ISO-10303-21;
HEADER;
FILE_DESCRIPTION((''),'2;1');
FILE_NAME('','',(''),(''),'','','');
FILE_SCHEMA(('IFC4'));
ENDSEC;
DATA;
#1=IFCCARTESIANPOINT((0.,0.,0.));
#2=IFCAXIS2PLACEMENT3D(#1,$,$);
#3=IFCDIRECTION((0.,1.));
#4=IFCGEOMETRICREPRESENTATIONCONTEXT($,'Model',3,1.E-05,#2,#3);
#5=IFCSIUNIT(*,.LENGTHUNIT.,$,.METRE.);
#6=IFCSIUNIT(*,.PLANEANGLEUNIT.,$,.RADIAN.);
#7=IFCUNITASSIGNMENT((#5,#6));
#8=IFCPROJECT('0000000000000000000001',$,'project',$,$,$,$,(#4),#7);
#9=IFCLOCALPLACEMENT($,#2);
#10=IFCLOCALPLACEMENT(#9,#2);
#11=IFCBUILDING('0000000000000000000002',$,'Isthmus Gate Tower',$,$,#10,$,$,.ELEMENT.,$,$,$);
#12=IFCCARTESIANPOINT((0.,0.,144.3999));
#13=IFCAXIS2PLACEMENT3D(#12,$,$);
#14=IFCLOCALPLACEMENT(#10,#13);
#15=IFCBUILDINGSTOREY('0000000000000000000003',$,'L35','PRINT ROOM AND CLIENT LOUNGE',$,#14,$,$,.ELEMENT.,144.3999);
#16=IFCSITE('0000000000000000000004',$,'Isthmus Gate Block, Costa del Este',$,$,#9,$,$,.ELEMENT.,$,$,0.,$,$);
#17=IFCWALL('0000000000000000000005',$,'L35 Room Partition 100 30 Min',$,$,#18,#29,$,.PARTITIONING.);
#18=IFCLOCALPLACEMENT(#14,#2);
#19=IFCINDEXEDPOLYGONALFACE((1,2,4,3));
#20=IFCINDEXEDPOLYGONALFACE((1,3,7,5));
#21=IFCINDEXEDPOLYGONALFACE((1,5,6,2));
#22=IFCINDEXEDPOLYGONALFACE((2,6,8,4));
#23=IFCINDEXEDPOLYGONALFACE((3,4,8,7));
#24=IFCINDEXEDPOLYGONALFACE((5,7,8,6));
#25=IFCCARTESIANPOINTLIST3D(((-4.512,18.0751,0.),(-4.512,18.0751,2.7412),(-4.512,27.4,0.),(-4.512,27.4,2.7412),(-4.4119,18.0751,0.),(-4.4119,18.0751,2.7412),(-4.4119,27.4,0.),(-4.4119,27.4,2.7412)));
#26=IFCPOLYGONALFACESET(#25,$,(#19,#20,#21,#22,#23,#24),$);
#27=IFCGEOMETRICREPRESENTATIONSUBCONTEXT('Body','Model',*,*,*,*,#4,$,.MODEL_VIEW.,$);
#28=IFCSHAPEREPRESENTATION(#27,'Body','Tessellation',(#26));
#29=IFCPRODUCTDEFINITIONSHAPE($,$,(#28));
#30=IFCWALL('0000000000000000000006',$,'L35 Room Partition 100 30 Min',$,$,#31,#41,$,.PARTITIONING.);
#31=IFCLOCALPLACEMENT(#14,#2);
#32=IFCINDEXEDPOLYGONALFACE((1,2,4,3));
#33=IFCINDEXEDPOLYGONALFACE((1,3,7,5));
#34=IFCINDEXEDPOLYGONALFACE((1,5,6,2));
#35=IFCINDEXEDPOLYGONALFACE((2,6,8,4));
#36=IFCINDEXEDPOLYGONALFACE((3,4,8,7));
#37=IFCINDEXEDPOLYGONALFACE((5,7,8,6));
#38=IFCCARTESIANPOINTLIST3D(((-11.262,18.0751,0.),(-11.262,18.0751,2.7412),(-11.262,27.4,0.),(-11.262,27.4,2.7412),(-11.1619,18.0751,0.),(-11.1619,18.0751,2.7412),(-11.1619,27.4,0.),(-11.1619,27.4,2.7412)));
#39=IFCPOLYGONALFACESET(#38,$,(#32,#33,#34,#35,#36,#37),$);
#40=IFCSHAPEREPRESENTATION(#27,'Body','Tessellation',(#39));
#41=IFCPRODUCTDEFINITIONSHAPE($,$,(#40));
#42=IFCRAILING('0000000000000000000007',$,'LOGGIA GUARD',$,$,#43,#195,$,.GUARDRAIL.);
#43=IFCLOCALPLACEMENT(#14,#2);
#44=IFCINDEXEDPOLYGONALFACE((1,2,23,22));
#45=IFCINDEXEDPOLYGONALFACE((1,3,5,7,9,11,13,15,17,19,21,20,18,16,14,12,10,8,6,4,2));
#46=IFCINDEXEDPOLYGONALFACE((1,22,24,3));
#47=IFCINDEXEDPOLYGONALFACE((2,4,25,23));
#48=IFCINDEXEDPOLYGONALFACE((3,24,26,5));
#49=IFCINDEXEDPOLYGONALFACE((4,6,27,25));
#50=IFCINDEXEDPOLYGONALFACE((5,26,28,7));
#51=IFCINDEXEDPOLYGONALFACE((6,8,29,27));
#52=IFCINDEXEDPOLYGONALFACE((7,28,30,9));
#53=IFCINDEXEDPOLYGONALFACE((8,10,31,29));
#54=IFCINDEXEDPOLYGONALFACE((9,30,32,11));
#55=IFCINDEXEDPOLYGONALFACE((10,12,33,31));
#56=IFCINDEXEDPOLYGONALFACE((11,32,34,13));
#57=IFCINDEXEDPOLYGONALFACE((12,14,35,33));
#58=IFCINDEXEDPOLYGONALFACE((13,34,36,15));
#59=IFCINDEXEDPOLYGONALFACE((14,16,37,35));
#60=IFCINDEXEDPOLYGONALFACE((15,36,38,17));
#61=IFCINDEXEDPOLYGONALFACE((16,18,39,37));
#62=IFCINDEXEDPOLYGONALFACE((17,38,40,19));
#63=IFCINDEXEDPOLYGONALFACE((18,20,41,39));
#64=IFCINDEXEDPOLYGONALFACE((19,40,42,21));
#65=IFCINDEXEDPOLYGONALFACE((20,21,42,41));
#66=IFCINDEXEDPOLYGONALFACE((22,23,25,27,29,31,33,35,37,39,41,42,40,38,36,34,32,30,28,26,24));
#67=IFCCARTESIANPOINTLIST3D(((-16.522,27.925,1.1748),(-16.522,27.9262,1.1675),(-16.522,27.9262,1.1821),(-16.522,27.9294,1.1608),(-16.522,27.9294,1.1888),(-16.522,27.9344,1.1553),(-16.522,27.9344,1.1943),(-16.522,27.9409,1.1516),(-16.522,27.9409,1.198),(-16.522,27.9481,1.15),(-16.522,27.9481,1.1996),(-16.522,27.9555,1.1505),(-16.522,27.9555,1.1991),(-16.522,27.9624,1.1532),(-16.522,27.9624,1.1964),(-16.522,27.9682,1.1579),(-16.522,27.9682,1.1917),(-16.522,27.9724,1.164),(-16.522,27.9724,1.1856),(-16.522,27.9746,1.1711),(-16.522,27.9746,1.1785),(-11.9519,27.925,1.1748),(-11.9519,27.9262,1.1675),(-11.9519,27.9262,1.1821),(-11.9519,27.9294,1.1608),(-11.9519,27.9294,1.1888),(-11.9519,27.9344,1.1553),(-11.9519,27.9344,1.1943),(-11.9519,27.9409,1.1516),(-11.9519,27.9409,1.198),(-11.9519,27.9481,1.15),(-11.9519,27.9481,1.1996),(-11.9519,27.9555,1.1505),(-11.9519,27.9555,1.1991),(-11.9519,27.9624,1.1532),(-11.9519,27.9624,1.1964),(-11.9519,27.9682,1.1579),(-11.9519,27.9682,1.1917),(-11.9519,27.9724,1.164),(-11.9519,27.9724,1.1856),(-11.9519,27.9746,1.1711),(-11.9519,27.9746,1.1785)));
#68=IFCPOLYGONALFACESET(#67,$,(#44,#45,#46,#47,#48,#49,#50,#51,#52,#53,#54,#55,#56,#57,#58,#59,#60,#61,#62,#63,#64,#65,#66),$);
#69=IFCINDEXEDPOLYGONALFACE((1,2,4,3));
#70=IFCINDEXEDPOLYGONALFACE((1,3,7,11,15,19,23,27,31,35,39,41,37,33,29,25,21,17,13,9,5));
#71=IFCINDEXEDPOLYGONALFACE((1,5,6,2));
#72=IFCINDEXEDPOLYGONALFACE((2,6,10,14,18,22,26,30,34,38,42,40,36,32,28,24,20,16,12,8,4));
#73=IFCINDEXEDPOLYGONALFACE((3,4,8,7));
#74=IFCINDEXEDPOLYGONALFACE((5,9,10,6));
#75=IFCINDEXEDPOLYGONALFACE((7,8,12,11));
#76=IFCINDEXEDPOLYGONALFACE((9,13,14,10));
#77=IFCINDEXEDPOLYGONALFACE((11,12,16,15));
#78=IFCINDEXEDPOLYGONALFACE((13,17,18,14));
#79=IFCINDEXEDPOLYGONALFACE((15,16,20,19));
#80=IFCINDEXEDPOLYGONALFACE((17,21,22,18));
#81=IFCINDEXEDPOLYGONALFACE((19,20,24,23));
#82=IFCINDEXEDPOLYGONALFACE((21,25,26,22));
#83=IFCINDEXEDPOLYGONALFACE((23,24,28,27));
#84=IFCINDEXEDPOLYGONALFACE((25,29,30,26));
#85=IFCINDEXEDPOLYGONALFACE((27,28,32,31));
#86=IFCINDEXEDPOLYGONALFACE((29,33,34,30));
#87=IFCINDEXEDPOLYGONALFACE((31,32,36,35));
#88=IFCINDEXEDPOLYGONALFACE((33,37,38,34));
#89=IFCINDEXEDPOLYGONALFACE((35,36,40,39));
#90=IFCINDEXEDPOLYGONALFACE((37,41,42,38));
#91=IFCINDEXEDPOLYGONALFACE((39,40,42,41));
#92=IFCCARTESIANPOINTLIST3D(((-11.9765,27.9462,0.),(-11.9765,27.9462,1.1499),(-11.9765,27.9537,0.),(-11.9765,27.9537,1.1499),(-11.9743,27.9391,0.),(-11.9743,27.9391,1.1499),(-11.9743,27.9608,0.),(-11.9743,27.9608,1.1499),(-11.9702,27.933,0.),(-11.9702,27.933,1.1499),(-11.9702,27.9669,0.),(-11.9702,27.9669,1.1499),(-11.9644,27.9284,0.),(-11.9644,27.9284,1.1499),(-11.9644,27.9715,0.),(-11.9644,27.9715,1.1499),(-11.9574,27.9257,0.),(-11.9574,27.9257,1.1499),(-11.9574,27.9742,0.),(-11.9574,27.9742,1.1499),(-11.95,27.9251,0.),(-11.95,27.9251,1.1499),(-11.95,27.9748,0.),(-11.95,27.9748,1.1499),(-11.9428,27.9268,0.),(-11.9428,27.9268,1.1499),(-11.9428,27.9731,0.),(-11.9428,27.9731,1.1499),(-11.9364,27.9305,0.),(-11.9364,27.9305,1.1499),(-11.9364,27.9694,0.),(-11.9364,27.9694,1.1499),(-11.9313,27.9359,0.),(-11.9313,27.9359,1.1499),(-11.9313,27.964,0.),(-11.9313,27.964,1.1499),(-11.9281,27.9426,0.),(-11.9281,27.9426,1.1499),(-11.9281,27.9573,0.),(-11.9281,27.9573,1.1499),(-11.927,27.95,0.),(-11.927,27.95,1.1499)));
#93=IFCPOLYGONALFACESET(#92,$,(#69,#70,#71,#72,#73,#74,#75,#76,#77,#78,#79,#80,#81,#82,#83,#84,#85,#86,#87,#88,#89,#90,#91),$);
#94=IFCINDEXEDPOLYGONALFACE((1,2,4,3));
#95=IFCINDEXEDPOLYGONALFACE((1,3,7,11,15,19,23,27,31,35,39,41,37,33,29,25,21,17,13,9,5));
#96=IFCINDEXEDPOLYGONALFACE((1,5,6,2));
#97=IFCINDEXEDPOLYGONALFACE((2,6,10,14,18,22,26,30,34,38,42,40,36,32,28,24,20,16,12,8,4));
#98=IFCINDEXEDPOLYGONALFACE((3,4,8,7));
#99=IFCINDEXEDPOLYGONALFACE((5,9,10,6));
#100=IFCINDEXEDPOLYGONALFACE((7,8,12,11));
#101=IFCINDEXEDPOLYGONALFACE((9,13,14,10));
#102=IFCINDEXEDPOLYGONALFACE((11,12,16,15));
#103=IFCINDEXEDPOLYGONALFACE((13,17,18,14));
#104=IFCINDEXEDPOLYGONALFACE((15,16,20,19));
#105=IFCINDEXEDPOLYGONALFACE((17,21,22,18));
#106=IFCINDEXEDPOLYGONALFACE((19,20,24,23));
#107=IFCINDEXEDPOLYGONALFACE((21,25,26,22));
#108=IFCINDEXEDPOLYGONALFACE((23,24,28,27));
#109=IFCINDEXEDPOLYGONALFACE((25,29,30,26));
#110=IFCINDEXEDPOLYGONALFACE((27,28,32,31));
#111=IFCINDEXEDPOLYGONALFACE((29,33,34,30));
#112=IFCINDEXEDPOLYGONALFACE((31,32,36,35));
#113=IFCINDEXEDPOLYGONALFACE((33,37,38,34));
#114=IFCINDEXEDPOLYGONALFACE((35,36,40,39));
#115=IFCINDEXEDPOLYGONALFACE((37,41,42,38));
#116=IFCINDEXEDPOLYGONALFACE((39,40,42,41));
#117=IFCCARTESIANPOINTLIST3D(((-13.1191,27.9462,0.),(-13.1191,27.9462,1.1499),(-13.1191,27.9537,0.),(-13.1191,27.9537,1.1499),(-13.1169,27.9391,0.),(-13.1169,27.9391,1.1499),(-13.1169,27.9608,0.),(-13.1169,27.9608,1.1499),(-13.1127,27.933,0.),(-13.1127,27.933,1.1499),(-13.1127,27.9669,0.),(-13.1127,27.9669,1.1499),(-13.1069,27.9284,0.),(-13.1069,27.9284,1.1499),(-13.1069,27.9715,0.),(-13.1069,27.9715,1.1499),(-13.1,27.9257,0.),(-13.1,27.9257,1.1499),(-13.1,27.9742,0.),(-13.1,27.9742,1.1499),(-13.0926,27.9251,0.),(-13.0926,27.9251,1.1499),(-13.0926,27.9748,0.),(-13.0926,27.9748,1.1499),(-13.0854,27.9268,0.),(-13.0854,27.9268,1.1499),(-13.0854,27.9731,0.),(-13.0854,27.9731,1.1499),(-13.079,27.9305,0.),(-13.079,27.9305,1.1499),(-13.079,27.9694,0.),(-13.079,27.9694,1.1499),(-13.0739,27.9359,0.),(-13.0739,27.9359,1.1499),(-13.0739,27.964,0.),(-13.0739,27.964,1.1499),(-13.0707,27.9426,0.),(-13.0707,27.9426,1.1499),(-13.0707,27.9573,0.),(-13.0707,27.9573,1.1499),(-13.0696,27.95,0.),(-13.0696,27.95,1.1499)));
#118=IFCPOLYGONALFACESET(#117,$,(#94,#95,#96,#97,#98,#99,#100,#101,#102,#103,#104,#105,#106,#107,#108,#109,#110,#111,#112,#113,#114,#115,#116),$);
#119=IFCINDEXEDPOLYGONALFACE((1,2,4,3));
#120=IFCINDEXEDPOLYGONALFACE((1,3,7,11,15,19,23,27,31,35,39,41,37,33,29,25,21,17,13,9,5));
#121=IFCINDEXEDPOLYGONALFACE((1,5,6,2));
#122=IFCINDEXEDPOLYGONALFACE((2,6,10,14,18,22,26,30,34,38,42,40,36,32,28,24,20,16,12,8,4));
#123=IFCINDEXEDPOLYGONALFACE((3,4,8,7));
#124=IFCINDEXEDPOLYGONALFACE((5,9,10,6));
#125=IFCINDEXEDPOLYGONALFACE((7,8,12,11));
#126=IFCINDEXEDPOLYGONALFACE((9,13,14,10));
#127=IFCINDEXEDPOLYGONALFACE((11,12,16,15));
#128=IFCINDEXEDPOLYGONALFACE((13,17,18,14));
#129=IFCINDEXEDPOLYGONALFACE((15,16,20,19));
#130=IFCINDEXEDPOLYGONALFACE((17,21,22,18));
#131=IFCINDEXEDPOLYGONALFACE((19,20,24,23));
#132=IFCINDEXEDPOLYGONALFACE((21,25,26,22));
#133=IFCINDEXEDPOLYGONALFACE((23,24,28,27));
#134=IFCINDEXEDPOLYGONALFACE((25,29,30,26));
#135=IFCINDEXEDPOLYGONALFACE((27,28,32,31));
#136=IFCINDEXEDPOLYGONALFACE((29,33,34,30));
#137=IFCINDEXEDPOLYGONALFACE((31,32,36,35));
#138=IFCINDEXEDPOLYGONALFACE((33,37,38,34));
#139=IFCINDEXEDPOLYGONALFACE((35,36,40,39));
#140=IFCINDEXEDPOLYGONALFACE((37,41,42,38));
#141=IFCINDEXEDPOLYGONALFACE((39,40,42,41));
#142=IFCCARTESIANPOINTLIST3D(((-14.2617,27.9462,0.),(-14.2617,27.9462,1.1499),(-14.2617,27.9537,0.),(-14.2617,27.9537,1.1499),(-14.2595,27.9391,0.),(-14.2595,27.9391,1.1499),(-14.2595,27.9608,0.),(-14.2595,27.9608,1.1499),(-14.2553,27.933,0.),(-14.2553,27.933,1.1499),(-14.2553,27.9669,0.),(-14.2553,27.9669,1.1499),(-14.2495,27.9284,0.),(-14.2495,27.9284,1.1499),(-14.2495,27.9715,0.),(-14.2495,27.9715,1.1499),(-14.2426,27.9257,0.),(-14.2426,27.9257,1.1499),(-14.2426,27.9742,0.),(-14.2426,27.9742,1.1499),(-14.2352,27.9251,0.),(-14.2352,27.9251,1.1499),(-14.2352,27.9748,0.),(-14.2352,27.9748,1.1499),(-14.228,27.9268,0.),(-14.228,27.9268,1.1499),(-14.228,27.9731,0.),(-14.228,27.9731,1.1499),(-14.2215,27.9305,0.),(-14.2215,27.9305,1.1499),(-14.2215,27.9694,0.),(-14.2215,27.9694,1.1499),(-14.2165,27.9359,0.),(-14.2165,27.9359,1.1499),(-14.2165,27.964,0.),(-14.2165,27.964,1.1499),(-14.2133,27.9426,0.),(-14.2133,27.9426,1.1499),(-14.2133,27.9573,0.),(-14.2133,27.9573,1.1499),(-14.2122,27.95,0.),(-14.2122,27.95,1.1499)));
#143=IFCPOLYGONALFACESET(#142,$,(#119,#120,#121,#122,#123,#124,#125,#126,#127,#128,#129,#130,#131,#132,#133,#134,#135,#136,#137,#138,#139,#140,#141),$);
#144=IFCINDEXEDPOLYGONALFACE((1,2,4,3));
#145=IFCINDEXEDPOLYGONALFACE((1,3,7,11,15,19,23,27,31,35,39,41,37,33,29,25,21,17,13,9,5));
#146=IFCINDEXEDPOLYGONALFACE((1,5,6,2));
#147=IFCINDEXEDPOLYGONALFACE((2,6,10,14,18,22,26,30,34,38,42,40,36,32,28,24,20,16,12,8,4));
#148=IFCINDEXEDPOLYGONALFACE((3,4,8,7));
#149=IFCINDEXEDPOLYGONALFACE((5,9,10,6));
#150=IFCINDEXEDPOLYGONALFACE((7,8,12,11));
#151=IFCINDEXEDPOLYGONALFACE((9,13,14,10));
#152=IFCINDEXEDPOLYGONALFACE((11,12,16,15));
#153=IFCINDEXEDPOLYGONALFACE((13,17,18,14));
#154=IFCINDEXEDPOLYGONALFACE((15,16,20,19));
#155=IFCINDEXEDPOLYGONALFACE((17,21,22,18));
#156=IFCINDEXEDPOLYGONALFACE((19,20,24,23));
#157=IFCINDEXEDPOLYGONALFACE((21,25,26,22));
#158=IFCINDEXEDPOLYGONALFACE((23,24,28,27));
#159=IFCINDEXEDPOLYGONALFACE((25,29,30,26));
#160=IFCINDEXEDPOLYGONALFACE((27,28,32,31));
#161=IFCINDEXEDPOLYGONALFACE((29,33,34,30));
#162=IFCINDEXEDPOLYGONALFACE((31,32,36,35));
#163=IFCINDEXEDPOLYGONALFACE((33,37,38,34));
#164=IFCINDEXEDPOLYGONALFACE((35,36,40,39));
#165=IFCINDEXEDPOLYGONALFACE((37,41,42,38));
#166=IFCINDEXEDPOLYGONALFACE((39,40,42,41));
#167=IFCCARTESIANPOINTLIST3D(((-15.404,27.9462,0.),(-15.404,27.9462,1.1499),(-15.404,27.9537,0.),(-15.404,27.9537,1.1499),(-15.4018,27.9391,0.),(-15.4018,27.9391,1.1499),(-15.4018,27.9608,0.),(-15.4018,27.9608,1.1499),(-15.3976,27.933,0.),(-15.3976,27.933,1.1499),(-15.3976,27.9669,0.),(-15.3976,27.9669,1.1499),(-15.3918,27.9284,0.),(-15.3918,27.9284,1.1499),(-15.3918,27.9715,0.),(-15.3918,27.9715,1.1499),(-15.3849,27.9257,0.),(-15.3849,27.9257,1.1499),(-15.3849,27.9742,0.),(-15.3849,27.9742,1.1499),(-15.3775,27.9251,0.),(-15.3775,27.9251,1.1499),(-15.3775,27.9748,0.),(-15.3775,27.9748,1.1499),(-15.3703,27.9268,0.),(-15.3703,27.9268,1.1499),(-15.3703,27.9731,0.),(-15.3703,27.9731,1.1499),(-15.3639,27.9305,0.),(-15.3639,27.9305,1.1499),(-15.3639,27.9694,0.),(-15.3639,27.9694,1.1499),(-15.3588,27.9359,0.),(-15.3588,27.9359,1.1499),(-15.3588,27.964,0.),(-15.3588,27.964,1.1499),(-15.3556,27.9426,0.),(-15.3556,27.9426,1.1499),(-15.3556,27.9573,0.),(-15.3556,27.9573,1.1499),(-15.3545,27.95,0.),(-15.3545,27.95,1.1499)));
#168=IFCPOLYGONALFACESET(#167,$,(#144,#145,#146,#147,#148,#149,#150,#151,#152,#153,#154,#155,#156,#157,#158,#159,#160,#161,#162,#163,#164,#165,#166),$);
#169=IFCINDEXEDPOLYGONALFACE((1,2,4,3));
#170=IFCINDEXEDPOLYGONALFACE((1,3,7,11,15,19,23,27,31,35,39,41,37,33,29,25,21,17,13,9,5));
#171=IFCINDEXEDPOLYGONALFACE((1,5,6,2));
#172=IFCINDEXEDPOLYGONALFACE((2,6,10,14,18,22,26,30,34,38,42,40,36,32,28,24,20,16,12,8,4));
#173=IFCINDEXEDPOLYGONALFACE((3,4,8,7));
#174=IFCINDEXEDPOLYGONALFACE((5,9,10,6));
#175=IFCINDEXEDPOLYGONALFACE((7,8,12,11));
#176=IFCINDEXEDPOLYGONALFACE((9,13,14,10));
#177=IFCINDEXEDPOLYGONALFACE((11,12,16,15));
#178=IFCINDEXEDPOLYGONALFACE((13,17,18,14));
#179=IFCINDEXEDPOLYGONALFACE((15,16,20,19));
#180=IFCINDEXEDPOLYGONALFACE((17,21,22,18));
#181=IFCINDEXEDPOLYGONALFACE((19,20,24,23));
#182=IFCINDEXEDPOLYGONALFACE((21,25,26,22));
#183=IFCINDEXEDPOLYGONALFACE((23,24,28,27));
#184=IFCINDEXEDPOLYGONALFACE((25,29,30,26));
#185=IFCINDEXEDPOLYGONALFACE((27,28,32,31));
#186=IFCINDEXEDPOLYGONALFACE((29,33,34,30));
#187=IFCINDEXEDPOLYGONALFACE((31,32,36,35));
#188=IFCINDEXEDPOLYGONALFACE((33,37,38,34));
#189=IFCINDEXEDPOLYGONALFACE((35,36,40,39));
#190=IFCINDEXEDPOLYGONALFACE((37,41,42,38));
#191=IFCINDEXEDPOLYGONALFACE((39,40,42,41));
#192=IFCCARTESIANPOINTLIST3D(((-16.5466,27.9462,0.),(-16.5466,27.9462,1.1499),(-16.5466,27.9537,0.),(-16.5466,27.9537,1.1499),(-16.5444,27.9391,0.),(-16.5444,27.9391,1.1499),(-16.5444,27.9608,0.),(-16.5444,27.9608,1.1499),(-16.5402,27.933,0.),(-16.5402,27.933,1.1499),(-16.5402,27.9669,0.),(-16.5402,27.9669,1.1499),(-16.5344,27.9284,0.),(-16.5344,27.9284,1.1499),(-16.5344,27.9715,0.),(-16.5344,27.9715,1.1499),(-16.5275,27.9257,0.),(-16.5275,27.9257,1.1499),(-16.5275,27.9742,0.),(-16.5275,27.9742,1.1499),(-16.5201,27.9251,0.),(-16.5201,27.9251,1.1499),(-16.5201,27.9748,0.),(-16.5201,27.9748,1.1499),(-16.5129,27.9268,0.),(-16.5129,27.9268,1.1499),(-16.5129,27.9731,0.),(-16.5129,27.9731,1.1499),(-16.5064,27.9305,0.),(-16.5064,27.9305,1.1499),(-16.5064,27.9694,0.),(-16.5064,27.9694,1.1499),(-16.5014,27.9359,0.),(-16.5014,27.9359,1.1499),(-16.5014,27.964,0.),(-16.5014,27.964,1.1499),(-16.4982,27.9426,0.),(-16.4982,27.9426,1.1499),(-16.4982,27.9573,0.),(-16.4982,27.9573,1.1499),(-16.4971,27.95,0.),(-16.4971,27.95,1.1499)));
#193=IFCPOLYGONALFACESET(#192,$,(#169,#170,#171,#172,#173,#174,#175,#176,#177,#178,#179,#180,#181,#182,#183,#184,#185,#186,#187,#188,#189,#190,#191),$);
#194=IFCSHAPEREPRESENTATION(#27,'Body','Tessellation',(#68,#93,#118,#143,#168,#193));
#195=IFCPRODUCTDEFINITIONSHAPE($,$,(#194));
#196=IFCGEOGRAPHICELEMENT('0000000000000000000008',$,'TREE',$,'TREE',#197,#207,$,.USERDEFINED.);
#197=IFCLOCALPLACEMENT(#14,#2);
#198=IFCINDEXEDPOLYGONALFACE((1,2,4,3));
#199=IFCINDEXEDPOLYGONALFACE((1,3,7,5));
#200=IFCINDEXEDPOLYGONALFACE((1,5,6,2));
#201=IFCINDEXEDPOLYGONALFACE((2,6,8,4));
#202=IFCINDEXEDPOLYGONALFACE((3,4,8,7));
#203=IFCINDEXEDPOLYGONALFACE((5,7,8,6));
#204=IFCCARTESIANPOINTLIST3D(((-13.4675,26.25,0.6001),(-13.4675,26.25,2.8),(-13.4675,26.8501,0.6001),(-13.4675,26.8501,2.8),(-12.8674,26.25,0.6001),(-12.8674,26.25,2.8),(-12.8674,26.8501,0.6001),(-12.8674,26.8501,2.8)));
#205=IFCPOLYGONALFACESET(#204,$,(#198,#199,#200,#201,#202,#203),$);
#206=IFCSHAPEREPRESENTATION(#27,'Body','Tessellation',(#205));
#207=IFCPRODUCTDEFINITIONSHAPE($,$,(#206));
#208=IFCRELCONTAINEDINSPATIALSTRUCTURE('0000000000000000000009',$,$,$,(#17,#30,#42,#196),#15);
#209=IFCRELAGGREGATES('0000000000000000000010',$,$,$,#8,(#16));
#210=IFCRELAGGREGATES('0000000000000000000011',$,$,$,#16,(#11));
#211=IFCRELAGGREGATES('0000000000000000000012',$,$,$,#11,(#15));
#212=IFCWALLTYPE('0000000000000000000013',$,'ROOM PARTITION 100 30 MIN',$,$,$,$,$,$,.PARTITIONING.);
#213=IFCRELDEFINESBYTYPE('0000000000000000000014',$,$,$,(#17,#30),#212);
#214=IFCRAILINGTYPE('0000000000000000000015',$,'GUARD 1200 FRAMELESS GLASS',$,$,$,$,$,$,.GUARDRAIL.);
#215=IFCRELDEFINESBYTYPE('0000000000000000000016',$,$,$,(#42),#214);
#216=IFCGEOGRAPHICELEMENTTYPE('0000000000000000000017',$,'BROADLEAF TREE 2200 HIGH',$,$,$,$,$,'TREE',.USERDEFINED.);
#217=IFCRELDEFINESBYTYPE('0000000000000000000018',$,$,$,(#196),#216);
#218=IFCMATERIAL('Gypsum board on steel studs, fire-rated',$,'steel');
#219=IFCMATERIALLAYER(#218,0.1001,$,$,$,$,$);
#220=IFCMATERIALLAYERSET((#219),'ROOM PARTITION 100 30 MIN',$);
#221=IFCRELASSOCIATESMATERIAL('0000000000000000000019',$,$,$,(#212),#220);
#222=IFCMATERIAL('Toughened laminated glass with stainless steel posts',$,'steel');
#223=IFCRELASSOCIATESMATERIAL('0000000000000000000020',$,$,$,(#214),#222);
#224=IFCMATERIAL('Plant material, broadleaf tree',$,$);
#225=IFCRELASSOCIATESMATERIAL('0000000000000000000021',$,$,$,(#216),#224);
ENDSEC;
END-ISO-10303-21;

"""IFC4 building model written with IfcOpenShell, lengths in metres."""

from ifc_helpers import new_model, si_unit, direction, frame, frame_2d, origin, origin_2d, place, context, subcontext, project, spatial, rectangle, circle, extrude, material, layer, layer_set, type_object, element, save


model = new_model("IFC4")

# Units and contexts
model_context = context("Model", 3, precision=1e-05, world=origin(), true_north=direction((0.0, 1.0)))
body_context = subcontext(model_context, "Body", "Model", "MODEL_VIEW")
ifc_project = project(units=[si_unit("LENGTHUNIT", "METRE"), si_unit("PLANEANGLEUNIT", "RADIAN")], contexts=[model_context])

# Site, building, storey
site_placement = place(None, origin())
site = spatial("IfcSite", under=ifc_project, at=site_placement, Name="Isthmus Gate Block, Costa del Este", CompositionType="ELEMENT", RefElevation=0.0)
building_placement = place(site_placement, origin())
building = spatial("IfcBuilding", under=site, at=building_placement, Name="Isthmus Gate Tower", CompositionType="ELEMENT")
storey_placement = place(building_placement, frame((0.0, 0.0, 144.3999)))
storey = spatial("IfcBuildingStorey", under=building, at=storey_placement, Name="L35", Description="PRINT ROOM AND CLIENT LOUNGE", CompositionType="ELEMENT", Elevation=144.3999)

# Walls
ifc_material_1 = material(Name="Gypsum board on steel studs, fire-rated", Category="steel")
ifc_layer_1 = layer(ifc_material_1, 0.1001)
ifc_layer_set_1 = layer_set([ifc_layer_1], Name="ROOM PARTITION 100 30 MIN")
wall_type_1 = type_object("IfcWallType", Name="ROOM PARTITION 100 30 MIN", PredefinedType="PARTITIONING", material=ifc_layer_set_1)
for number, where, z_axis, x_axis, name in (
    (1, (-4.4619, 18.075, 0.0), (0.0, 0.0, 1.0), (0.0, 1.0, 0.0), "L35 Room Partition 100 30 Min"),
    (2, (-11.2119, 18.075, 0.0), (0.0, 0.0, 1.0), (0.0, 1.0, 0.0), "L35 Room Partition 100 30 Min"),
):
    element("IfcWall", number, at=place(storey_placement, frame(where, z_axis=z_axis, x_axis=x_axis)), inside=storey, type_object=wall_type_1, Name=name, PredefinedType="PARTITIONING", context=body_context, shape_type="SweptSolid", body=[
        extrude(rectangle(XDim=9.325, YDim=0.1001, at=frame_2d((4.6626, 0.0))), origin(), (0.0, 0.0, 1.0), 2.7412),
    ])

# Railing
ifc_material_2 = material(Name="Toughened laminated glass with stainless steel posts", Category="steel")
railing_type = type_object("IfcRailingType", Name="GUARD 1200 FRAMELESS GLASS", PredefinedType="GUARDRAIL", material=ifc_material_2)
railing_placement = place(storey_placement, frame((-11.9519, 27.95, 0.0)))
element("IfcRailing", 3, at=railing_placement, inside=storey, type_object=railing_type, Name="LOGGIA GUARD", PredefinedType="GUARDRAIL", context=body_context, shape_type="SweptSolid", body=[
    extrude(circle(Radius=0.0249, at=origin_2d()), frame((0.0, 0.0, 1.1748), z_axis=(-1.0, 0.0, 0.0), x_axis=(0.0, -1.0, 0.0)), (0.0, 0.0, 1.0), 4.5701),
    extrude(circle(Radius=0.0249, at=origin_2d()), origin(), (0.0, 0.0, 1.0), 1.1499),
    extrude(circle(Radius=0.0249, at=origin_2d()), frame((-1.1426, 0.0, 0.0)), (0.0, 0.0, 1.0), 1.1499),
    extrude(circle(Radius=0.0249, at=origin_2d()), frame((-2.2852, 0.0, 0.0)), (0.0, 0.0, 1.0), 1.1499),
    extrude(circle(Radius=0.0249, at=origin_2d()), frame((-3.4275, 0.0, 0.0)), (0.0, 0.0, 1.0), 1.1499),
    extrude(circle(Radius=0.0249, at=origin_2d()), frame((-4.5701, 0.0, 0.0)), (0.0, 0.0, 1.0), 1.1499),
])

# Geographic element
ifc_material_3 = material(Name="Plant material, broadleaf tree")
geographic_element_type = type_object("IfcGeographicElementType", Name="BROADLEAF TREE 2200 HIGH", ElementType="TREE", PredefinedType="USERDEFINED", material=ifc_material_3)
geographic_element_placement = place(storey_placement, frame((-13.1675, 26.55, 0.6001), z_axis=(0.0, 0.0, 1.0), x_axis=(-1.0, 0.0, 0.0)))
element("IfcGeographicElement", 4, at=geographic_element_placement, inside=storey, type_object=geographic_element_type, Name="TREE", ObjectType="TREE", PredefinedType="USERDEFINED", context=body_context, shape_type="SweptSolid", body=[
    extrude(rectangle(XDim=0.6001, YDim=0.6001, at=origin_2d()), origin(), (0.0, 0.0, 1.0), 2.2),
])

save(model, "model.ifc")
